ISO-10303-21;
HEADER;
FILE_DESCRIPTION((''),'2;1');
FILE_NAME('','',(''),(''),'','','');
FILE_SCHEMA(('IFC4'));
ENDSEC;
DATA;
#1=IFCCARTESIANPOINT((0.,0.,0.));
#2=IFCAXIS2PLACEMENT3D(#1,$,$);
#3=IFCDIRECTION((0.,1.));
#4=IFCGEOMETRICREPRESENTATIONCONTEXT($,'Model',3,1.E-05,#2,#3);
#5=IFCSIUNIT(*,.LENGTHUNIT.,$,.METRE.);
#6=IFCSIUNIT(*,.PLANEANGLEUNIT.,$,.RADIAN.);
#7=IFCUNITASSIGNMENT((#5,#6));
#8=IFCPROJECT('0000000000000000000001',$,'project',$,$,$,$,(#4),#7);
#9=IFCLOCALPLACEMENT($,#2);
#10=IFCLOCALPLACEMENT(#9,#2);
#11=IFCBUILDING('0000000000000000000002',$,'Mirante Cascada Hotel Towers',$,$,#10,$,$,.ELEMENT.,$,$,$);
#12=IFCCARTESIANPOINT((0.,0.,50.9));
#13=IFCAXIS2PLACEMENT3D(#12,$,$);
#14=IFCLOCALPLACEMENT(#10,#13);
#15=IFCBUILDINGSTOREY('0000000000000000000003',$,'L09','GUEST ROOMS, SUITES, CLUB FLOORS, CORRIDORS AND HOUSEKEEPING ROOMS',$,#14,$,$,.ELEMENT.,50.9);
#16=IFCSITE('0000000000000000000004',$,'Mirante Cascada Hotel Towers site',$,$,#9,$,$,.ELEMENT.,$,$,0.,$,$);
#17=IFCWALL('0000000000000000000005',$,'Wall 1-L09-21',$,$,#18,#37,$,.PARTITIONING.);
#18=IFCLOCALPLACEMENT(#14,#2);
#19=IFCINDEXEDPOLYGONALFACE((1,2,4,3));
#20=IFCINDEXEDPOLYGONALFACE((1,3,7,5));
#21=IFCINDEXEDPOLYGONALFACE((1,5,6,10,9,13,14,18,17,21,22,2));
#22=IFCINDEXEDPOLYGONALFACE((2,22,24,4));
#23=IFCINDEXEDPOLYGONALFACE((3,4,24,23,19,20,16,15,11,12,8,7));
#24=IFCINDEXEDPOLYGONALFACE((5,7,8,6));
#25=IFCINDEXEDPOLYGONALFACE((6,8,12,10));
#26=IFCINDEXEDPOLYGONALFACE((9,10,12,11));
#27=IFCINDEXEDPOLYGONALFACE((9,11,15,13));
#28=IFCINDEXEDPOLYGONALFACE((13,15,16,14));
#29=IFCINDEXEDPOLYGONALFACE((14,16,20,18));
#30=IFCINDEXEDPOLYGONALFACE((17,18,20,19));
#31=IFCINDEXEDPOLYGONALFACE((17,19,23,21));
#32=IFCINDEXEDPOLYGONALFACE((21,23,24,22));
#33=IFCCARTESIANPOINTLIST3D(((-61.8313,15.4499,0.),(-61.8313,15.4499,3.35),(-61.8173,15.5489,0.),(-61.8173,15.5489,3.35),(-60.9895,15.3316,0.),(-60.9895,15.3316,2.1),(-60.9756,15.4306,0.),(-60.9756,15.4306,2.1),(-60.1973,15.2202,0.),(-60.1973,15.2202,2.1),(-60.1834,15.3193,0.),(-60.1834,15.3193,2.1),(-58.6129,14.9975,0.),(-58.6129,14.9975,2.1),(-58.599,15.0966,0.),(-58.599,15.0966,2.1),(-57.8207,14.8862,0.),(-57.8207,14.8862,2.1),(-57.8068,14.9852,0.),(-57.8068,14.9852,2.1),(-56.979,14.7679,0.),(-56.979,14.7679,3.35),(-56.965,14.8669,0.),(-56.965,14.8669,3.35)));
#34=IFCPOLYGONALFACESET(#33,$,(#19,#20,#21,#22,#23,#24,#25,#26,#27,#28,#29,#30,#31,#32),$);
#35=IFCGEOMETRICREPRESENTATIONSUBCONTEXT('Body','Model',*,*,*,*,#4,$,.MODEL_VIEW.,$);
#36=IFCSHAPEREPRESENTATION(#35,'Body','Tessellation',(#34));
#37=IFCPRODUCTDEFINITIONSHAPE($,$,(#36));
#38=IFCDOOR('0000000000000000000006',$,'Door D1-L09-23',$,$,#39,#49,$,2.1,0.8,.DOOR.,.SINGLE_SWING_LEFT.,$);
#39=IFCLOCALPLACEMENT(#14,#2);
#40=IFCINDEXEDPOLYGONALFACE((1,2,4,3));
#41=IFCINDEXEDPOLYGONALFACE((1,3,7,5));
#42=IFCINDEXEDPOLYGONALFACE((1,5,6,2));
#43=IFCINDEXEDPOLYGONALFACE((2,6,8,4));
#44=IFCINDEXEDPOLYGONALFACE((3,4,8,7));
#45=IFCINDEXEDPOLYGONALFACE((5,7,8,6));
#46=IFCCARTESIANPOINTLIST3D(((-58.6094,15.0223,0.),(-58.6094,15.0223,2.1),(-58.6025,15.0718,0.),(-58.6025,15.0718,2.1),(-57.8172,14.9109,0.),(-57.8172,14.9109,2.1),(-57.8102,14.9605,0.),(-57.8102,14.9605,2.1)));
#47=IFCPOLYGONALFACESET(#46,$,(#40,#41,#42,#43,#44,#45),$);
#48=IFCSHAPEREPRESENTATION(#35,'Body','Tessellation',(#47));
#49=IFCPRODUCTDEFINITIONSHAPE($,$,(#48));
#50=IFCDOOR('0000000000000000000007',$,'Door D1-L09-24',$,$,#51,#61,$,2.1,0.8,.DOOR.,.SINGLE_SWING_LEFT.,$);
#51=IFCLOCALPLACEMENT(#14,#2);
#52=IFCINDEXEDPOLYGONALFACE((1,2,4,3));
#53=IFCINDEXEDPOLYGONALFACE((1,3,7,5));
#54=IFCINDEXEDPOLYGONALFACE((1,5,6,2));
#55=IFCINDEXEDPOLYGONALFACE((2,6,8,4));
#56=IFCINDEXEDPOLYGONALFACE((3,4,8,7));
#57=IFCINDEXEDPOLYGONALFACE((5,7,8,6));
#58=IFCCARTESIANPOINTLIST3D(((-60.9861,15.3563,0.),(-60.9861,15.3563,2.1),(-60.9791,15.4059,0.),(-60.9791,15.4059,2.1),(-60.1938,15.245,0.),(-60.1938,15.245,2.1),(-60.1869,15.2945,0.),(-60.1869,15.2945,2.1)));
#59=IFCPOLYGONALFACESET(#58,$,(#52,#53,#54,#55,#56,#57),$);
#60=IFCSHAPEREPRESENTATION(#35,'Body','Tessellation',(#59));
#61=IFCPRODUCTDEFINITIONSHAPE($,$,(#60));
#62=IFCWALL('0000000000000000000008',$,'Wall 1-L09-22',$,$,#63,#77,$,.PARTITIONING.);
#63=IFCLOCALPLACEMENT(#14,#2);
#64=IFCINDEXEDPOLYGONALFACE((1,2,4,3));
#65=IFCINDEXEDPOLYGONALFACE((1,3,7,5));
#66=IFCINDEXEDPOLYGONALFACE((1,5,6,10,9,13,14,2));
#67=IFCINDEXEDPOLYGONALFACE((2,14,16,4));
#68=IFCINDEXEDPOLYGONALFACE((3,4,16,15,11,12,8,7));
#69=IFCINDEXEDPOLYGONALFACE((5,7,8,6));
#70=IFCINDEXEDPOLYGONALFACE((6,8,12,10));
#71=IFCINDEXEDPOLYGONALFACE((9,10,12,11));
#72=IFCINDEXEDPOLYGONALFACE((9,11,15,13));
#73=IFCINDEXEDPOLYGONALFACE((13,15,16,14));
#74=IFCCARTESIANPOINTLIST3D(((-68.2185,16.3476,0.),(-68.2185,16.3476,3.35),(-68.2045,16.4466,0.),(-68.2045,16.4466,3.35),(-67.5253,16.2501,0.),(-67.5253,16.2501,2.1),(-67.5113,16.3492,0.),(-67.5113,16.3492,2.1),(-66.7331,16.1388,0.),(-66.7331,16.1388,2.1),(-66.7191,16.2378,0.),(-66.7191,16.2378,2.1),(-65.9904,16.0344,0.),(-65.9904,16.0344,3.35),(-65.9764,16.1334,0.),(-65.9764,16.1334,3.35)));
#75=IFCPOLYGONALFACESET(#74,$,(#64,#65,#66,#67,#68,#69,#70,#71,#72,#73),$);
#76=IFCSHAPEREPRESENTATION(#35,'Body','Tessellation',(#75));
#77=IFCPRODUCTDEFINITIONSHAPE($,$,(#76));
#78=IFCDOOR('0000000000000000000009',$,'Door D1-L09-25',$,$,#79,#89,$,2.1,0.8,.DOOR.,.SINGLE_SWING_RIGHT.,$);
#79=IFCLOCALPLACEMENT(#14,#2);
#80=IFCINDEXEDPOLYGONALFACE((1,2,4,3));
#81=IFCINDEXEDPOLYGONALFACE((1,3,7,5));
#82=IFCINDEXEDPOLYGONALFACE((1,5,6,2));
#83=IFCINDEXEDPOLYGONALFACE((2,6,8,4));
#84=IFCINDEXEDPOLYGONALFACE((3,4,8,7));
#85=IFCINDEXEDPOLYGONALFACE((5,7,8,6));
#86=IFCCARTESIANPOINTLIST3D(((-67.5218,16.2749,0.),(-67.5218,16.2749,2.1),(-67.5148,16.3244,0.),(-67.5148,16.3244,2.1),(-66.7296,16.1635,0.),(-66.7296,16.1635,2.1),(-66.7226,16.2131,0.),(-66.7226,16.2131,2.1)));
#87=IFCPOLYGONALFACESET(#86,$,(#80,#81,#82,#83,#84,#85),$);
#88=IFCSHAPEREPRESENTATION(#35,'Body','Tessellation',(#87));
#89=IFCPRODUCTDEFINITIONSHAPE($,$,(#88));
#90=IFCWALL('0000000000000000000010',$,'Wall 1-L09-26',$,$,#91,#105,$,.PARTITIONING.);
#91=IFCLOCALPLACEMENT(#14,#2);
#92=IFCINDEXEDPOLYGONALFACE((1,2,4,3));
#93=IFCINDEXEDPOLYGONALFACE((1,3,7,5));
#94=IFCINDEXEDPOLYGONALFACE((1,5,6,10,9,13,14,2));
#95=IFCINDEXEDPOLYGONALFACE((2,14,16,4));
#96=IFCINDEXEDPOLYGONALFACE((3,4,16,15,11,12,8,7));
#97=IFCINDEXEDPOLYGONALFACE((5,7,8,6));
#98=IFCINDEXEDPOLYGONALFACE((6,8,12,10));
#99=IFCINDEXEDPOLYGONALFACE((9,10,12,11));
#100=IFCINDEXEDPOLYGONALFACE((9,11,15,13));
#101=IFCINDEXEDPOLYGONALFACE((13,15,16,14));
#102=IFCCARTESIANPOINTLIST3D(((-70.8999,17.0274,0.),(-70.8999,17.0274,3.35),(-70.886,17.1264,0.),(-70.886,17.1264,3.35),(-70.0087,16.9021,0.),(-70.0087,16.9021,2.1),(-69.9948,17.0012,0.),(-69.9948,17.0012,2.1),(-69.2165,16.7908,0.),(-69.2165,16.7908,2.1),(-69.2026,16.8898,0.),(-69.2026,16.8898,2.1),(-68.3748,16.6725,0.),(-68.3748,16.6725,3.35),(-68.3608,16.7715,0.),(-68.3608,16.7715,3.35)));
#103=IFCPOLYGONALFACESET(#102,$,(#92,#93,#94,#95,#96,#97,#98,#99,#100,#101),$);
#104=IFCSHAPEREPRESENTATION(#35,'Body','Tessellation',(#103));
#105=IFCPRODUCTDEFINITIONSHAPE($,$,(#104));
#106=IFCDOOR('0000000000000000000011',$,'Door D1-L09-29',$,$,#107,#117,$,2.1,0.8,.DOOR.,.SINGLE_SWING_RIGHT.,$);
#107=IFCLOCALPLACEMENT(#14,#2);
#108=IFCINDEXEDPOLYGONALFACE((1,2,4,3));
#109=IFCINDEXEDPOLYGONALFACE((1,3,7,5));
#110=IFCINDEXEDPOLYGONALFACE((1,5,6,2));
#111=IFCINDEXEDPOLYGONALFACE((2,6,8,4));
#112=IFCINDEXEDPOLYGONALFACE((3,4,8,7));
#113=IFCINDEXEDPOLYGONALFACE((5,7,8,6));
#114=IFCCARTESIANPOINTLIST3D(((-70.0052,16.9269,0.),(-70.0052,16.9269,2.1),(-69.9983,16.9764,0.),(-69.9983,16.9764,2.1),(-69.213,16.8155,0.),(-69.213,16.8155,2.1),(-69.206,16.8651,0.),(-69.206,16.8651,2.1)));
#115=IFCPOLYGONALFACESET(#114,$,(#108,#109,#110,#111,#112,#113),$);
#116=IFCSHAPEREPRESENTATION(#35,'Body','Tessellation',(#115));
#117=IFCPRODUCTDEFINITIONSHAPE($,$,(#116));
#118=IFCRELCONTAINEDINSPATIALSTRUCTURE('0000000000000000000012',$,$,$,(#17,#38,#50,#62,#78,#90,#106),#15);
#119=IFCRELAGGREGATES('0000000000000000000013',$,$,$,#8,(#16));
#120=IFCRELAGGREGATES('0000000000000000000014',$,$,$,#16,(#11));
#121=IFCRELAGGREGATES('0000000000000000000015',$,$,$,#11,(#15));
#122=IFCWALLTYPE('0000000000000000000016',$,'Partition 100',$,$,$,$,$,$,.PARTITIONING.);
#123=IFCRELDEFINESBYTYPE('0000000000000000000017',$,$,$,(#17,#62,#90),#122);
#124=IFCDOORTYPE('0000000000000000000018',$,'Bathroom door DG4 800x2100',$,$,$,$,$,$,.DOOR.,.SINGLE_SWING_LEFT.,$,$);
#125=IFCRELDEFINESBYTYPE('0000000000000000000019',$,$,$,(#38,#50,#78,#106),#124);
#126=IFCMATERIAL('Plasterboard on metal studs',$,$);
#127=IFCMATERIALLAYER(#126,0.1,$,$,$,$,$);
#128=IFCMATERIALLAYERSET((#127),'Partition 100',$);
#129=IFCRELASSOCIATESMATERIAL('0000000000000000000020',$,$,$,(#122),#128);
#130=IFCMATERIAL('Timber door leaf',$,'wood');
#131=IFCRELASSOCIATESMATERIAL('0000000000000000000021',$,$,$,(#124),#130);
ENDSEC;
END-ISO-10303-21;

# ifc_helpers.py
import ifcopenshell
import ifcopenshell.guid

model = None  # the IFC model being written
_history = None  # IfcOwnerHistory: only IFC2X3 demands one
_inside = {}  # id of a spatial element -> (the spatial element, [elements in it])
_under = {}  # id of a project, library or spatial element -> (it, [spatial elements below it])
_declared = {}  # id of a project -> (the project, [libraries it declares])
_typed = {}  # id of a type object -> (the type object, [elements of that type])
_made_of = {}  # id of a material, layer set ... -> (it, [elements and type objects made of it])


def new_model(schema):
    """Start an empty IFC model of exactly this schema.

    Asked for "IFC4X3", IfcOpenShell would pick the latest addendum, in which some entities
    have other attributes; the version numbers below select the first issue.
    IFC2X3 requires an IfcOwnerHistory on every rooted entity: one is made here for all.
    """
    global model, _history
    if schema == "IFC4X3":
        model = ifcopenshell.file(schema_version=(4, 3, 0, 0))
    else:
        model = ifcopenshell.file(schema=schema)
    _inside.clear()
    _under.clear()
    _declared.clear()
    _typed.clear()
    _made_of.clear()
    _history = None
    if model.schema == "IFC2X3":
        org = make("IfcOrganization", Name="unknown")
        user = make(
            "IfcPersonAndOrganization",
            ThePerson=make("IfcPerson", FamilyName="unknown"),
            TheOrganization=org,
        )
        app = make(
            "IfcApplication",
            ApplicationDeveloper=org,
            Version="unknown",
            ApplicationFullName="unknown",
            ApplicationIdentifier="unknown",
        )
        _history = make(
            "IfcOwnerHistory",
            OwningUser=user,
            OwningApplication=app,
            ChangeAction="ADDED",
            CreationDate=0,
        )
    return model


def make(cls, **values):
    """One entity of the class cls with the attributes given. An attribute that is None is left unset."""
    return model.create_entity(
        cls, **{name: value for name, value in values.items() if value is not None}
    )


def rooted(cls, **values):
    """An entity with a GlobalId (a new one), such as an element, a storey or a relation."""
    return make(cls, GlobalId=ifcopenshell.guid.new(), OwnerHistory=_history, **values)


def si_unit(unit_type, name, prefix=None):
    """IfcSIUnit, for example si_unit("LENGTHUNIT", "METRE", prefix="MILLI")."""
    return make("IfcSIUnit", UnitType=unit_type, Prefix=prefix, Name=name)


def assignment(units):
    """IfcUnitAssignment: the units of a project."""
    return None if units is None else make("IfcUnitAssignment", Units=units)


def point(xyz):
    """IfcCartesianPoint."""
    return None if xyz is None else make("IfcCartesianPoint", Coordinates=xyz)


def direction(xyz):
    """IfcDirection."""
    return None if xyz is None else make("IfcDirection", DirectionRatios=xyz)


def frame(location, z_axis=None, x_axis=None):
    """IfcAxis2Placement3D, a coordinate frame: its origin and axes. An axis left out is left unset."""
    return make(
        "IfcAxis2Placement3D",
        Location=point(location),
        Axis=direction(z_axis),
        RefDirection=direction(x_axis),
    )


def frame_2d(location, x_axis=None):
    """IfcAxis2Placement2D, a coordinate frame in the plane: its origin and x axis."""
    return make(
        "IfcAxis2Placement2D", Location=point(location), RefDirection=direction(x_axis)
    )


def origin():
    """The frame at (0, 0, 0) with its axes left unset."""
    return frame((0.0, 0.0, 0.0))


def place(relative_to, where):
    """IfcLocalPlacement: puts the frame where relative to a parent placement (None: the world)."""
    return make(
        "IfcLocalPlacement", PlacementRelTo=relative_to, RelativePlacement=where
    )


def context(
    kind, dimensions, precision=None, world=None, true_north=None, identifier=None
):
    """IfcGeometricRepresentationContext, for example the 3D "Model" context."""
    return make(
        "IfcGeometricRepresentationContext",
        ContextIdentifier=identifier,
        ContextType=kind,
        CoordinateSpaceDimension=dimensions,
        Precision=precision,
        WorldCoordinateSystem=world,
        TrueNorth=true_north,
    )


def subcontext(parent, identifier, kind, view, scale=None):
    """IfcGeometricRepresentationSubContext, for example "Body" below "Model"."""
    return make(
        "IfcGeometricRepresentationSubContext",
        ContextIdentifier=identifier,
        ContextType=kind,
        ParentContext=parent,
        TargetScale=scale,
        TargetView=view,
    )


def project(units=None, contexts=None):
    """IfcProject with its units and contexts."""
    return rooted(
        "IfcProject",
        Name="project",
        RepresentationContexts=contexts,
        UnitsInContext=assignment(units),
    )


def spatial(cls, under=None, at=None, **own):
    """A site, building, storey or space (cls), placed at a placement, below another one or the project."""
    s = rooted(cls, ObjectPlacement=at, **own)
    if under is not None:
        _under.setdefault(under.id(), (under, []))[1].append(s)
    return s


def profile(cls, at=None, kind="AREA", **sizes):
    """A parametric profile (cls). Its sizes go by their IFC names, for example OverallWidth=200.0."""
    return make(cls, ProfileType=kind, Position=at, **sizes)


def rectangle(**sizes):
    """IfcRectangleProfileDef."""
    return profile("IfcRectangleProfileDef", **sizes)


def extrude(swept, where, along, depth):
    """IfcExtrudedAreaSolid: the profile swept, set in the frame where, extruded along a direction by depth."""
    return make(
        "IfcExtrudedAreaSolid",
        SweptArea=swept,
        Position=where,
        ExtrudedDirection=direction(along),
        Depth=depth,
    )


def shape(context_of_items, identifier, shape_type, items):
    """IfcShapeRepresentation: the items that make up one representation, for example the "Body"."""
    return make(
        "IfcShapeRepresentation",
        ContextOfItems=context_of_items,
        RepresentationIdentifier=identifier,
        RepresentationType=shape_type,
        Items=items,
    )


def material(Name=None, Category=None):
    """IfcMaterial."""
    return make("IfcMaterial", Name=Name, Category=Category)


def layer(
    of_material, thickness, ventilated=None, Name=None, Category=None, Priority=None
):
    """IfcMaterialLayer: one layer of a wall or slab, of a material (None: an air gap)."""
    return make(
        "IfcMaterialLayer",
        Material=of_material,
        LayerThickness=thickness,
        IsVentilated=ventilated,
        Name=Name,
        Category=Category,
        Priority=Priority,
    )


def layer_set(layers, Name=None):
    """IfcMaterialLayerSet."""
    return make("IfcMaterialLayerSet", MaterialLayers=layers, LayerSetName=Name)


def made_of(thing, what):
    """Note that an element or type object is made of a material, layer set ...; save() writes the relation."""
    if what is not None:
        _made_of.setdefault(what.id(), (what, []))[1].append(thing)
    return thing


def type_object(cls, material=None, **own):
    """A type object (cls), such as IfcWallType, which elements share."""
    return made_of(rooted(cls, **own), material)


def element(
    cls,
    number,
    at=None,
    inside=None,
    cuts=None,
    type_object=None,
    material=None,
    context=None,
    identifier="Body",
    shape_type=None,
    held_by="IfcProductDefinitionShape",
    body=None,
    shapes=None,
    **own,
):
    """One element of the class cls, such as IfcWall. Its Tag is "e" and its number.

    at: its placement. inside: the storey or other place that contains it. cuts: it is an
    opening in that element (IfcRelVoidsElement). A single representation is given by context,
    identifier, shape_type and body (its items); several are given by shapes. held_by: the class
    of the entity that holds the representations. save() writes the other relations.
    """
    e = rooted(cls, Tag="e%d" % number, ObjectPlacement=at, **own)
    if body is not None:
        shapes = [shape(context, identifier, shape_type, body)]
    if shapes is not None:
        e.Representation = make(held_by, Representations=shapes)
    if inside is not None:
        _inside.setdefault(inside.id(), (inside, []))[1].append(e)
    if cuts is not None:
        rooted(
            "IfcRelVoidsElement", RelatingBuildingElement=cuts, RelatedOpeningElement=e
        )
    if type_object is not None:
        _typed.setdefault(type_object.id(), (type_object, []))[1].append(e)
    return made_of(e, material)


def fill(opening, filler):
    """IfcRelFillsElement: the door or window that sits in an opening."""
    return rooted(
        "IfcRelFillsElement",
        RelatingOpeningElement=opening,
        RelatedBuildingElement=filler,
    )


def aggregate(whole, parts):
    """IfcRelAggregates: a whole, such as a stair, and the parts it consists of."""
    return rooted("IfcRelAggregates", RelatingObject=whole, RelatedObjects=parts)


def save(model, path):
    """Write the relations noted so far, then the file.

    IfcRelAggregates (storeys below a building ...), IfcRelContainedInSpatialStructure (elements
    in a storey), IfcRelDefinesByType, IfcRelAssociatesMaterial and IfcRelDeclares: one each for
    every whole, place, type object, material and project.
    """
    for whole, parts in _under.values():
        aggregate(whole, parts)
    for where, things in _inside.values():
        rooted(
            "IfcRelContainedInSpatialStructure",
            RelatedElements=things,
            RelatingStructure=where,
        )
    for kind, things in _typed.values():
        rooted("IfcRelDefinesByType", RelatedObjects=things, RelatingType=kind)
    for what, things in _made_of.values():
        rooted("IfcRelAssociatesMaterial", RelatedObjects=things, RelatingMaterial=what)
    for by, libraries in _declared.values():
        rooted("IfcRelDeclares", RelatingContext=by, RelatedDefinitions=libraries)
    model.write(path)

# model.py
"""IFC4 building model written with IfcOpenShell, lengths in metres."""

from ifc_helpers import new_model, si_unit, direction, frame, frame_2d, origin, place, context, subcontext, project, spatial, rectangle, extrude, material, layer, layer_set, type_object, element, fill, save


model = new_model("IFC4")

# Units and contexts
model_context = context("Model", 3, precision=1e-05, world=origin(), true_north=direction((0.0, 1.0)))
body_context = subcontext(model_context, "Body", "Model", "MODEL_VIEW")
ifc_project = project(units=[si_unit("LENGTHUNIT", "METRE"), si_unit("PLANEANGLEUNIT", "RADIAN")], contexts=[model_context])

# Site, building, storey
site_placement = place(None, origin())
site = spatial("IfcSite", under=ifc_project, at=site_placement, Name="Mirante Cascada Hotel Towers site", CompositionType="ELEMENT", RefElevation=0.0)
building_placement = place(site_placement, origin())
building = spatial("IfcBuilding", under=site, at=building_placement, Name="Mirante Cascada Hotel Towers", CompositionType="ELEMENT")
storey_placement = place(building_placement, frame((0.0, 0.0, 50.9)))
storey = spatial("IfcBuildingStorey", under=building, at=storey_placement, Name="L09", Description="GUEST ROOMS, SUITES, CLUB FLOORS, CORRIDORS AND HOUSEKEEPING ROOMS", CompositionType="ELEMENT", Elevation=50.9)

# Wall, openings, doors
ifc_material_1 = material(Name="Plasterboard on metal studs")
ifc_layer_1 = layer(ifc_material_1, 0.1)
ifc_layer_set_1 = layer_set([ifc_layer_1], Name="Partition 100")
wall_type_1 = type_object("IfcWallType", Name="Partition 100", PredefinedType="PARTITIONING", material=ifc_layer_set_1)
wall_1_placement = place(storey_placement, frame((-61.8243, 15.4994, 0.0), z_axis=(0.0, 0.0, 1.0), x_axis=(0.990267, -0.139184, 0.0)))
wall_1 = element("IfcWall", 1, at=wall_1_placement, inside=storey, type_object=wall_type_1, Name="Wall 1-L09-21", PredefinedType="PARTITIONING", context=body_context, shape_type="SweptSolid", body=[
    extrude(rectangle(XDim=4.9, YDim=0.1, at=frame_2d((2.45, 0.0))), origin(), (0.0, 0.0, 1.0), 3.35),
])
opening_1_placement = place(wall_1_placement, frame((3.25, 0.0, 0.0)))
opening_1 = element("IfcOpeningElement", 2, at=opening_1_placement, cuts=wall_1, PredefinedType="OPENING", context=body_context, shape_type="SweptSolid", body=[
    extrude(rectangle(XDim=0.8, YDim=2.1, at=frame_2d((0.4, 1.05))), frame((0.0, 0.05, 0.0), z_axis=(0.0, -1.0, 0.0), x_axis=(1.0, 0.0, 0.0)), (0.0, 0.0, 1.0), 0.1),
])
opening_2_placement = place(wall_1_placement, frame((0.85, 0.0, 0.0)))
opening_2 = element("IfcOpeningElement", 3, at=opening_2_placement, cuts=wall_1, PredefinedType="OPENING", context=body_context, shape_type="SweptSolid", body=[
    extrude(rectangle(XDim=0.8, YDim=2.1, at=frame_2d((0.4, 1.05))), frame((0.0, 0.05, 0.0), z_axis=(0.0, -1.0, 0.0), x_axis=(1.0, 0.0, 0.0)), (0.0, 0.0, 1.0), 0.1),
])
ifc_material_2 = material(Name="Timber door leaf", Category="wood")
door_type = type_object("IfcDoorType", Name="Bathroom door DG4 800x2100", OperationType="SINGLE_SWING_LEFT", PredefinedType="DOOR", material=ifc_material_2)
door_1_placement = place(opening_1_placement, origin())
door_1 = element("IfcDoor", 4, at=door_1_placement, inside=storey, type_object=door_type, Name="Door D1-L09-23", OperationType="SINGLE_SWING_LEFT", OverallHeight=2.1, OverallWidth=0.8, PredefinedType="DOOR", context=body_context, shape_type="SweptSolid", body=[
    extrude(rectangle(XDim=0.8, YDim=2.1, at=frame_2d((0.4, 1.05))), frame((0.0, 0.025, 0.0), z_axis=(0.0, -1.0, 0.0), x_axis=(1.0, 0.0, 0.0)), (0.0, 0.0, 1.0), 0.05),
])
fill(opening_1, door_1)
door_2_placement = place(opening_2_placement, origin())
door_2 = element("IfcDoor", 5, at=door_2_placement, inside=storey, type_object=door_type, Name="Door D1-L09-24", OperationType="SINGLE_SWING_LEFT", OverallHeight=2.1, OverallWidth=0.8, PredefinedType="DOOR", context=body_context, shape_type="SweptSolid", body=[
    extrude(rectangle(XDim=0.8, YDim=2.1, at=frame_2d((0.4, 1.05))), frame((0.0, 0.025, 0.0), z_axis=(0.0, -1.0, 0.0), x_axis=(1.0, 0.0, 0.0)), (0.0, 0.0, 1.0), 0.05),
])
fill(opening_2, door_2)

# Walls, openings, doors
wall_2_placement = place(storey_placement, frame((-65.9834, 16.0839, 0.0), z_axis=(0.0, 0.0, 1.0), x_axis=(-0.990264, 0.1392, 0.0)))
wall_2 = element("IfcWall", 6, at=wall_2_placement, inside=storey, type_object=wall_type_1, Name="Wall 1-L09-22", PredefinedType="PARTITIONING", context=body_context, shape_type="SweptSolid", body=[
    extrude(rectangle(XDim=2.25, YDim=0.1, at=frame_2d((1.125, 0.0))), origin(), (0.0, 0.0, 1.0), 3.35),
])
opening_3_placement = place(wall_2_placement, frame((0.75, 0.0, 0.0)))
opening_3 = element("IfcOpeningElement", 7, at=opening_3_placement, cuts=wall_2, PredefinedType="OPENING", context=body_context, shape_type="SweptSolid", body=[
    extrude(rectangle(XDim=0.8, YDim=2.1, at=frame_2d((0.4, 1.05))), frame((0.0, 0.05, 0.0), z_axis=(0.0, -1.0, 0.0), x_axis=(1.0, 0.0, 0.0)), (0.0, 0.0, 1.0), 0.1),
])
door_3_placement = place(opening_3_placement, frame((0.8, 0.0, 0.0), z_axis=(0.0, 0.0, 1.0), x_axis=(-1.0, 0.0, 0.0)))
door_3 = element("IfcDoor", 8, at=door_3_placement, inside=storey, type_object=door_type, Name="Door D1-L09-25", OperationType="SINGLE_SWING_RIGHT", OverallHeight=2.1, OverallWidth=0.8, PredefinedType="DOOR", context=body_context, shape_type="SweptSolid", body=[
    extrude(rectangle(XDim=0.8, YDim=2.1, at=frame_2d((0.4, 1.05))), frame((0.0, 0.025, 0.0), z_axis=(0.0, -1.0, 0.0), x_axis=(1.0, 0.0, 0.0)), (0.0, 0.0, 1.0), 0.05),
])
fill(opening_3, door_3)
wall_3_placement = place(storey_placement, frame((-68.3678, 16.722, 0.0), z_axis=(0.0, 0.0, 1.0), x_axis=(-0.990268, 0.139176, 0.0)))
wall_3 = element("IfcWall", 9, at=wall_3_placement, inside=storey, type_object=wall_type_1, Name="Wall 1-L09-26", PredefinedType="PARTITIONING", context=body_context, shape_type="SweptSolid", body=[
    extrude(rectangle(XDim=2.55, YDim=0.1, at=frame_2d((1.275, 0.0))), origin(), (0.0, 0.0, 1.0), 3.35),
])
opening_4_placement = place(wall_3_placement, frame((0.85, 0.0, 0.0)))
opening_4 = element("IfcOpeningElement", 10, at=opening_4_placement, cuts=wall_3, PredefinedType="OPENING", context=body_context, shape_type="SweptSolid", body=[
    extrude(rectangle(XDim=0.8, YDim=2.1, at=frame_2d((0.4, 1.05))), frame((0.0, 0.05, 0.0), z_axis=(0.0, -1.0, 0.0), x_axis=(1.0, 0.0, 0.0)), (0.0, 0.0, 1.0), 0.1),
])
door_4_placement = place(opening_4_placement, frame((0.8, 0.0, 0.0), z_axis=(0.0, 0.0, 1.0), x_axis=(-1.0, 0.0, 0.0)))
door_4 = element("IfcDoor", 11, at=door_4_placement, inside=storey, type_object=door_type, Name="Door D1-L09-29", OperationType="SINGLE_SWING_RIGHT", OverallHeight=2.1, OverallWidth=0.8, PredefinedType="DOOR", context=body_context, shape_type="SweptSolid", body=[
    extrude(rectangle(XDim=0.8, YDim=2.1, at=frame_2d((0.4, 1.05))), frame((0.0, 0.025, 0.0), z_axis=(0.0, -1.0, 0.0), x_axis=(1.0, 0.0, 0.0)), (0.0, 0.0, 1.0), 0.05),
])
fill(opening_4, door_4)

save(model, "model.ifc")
